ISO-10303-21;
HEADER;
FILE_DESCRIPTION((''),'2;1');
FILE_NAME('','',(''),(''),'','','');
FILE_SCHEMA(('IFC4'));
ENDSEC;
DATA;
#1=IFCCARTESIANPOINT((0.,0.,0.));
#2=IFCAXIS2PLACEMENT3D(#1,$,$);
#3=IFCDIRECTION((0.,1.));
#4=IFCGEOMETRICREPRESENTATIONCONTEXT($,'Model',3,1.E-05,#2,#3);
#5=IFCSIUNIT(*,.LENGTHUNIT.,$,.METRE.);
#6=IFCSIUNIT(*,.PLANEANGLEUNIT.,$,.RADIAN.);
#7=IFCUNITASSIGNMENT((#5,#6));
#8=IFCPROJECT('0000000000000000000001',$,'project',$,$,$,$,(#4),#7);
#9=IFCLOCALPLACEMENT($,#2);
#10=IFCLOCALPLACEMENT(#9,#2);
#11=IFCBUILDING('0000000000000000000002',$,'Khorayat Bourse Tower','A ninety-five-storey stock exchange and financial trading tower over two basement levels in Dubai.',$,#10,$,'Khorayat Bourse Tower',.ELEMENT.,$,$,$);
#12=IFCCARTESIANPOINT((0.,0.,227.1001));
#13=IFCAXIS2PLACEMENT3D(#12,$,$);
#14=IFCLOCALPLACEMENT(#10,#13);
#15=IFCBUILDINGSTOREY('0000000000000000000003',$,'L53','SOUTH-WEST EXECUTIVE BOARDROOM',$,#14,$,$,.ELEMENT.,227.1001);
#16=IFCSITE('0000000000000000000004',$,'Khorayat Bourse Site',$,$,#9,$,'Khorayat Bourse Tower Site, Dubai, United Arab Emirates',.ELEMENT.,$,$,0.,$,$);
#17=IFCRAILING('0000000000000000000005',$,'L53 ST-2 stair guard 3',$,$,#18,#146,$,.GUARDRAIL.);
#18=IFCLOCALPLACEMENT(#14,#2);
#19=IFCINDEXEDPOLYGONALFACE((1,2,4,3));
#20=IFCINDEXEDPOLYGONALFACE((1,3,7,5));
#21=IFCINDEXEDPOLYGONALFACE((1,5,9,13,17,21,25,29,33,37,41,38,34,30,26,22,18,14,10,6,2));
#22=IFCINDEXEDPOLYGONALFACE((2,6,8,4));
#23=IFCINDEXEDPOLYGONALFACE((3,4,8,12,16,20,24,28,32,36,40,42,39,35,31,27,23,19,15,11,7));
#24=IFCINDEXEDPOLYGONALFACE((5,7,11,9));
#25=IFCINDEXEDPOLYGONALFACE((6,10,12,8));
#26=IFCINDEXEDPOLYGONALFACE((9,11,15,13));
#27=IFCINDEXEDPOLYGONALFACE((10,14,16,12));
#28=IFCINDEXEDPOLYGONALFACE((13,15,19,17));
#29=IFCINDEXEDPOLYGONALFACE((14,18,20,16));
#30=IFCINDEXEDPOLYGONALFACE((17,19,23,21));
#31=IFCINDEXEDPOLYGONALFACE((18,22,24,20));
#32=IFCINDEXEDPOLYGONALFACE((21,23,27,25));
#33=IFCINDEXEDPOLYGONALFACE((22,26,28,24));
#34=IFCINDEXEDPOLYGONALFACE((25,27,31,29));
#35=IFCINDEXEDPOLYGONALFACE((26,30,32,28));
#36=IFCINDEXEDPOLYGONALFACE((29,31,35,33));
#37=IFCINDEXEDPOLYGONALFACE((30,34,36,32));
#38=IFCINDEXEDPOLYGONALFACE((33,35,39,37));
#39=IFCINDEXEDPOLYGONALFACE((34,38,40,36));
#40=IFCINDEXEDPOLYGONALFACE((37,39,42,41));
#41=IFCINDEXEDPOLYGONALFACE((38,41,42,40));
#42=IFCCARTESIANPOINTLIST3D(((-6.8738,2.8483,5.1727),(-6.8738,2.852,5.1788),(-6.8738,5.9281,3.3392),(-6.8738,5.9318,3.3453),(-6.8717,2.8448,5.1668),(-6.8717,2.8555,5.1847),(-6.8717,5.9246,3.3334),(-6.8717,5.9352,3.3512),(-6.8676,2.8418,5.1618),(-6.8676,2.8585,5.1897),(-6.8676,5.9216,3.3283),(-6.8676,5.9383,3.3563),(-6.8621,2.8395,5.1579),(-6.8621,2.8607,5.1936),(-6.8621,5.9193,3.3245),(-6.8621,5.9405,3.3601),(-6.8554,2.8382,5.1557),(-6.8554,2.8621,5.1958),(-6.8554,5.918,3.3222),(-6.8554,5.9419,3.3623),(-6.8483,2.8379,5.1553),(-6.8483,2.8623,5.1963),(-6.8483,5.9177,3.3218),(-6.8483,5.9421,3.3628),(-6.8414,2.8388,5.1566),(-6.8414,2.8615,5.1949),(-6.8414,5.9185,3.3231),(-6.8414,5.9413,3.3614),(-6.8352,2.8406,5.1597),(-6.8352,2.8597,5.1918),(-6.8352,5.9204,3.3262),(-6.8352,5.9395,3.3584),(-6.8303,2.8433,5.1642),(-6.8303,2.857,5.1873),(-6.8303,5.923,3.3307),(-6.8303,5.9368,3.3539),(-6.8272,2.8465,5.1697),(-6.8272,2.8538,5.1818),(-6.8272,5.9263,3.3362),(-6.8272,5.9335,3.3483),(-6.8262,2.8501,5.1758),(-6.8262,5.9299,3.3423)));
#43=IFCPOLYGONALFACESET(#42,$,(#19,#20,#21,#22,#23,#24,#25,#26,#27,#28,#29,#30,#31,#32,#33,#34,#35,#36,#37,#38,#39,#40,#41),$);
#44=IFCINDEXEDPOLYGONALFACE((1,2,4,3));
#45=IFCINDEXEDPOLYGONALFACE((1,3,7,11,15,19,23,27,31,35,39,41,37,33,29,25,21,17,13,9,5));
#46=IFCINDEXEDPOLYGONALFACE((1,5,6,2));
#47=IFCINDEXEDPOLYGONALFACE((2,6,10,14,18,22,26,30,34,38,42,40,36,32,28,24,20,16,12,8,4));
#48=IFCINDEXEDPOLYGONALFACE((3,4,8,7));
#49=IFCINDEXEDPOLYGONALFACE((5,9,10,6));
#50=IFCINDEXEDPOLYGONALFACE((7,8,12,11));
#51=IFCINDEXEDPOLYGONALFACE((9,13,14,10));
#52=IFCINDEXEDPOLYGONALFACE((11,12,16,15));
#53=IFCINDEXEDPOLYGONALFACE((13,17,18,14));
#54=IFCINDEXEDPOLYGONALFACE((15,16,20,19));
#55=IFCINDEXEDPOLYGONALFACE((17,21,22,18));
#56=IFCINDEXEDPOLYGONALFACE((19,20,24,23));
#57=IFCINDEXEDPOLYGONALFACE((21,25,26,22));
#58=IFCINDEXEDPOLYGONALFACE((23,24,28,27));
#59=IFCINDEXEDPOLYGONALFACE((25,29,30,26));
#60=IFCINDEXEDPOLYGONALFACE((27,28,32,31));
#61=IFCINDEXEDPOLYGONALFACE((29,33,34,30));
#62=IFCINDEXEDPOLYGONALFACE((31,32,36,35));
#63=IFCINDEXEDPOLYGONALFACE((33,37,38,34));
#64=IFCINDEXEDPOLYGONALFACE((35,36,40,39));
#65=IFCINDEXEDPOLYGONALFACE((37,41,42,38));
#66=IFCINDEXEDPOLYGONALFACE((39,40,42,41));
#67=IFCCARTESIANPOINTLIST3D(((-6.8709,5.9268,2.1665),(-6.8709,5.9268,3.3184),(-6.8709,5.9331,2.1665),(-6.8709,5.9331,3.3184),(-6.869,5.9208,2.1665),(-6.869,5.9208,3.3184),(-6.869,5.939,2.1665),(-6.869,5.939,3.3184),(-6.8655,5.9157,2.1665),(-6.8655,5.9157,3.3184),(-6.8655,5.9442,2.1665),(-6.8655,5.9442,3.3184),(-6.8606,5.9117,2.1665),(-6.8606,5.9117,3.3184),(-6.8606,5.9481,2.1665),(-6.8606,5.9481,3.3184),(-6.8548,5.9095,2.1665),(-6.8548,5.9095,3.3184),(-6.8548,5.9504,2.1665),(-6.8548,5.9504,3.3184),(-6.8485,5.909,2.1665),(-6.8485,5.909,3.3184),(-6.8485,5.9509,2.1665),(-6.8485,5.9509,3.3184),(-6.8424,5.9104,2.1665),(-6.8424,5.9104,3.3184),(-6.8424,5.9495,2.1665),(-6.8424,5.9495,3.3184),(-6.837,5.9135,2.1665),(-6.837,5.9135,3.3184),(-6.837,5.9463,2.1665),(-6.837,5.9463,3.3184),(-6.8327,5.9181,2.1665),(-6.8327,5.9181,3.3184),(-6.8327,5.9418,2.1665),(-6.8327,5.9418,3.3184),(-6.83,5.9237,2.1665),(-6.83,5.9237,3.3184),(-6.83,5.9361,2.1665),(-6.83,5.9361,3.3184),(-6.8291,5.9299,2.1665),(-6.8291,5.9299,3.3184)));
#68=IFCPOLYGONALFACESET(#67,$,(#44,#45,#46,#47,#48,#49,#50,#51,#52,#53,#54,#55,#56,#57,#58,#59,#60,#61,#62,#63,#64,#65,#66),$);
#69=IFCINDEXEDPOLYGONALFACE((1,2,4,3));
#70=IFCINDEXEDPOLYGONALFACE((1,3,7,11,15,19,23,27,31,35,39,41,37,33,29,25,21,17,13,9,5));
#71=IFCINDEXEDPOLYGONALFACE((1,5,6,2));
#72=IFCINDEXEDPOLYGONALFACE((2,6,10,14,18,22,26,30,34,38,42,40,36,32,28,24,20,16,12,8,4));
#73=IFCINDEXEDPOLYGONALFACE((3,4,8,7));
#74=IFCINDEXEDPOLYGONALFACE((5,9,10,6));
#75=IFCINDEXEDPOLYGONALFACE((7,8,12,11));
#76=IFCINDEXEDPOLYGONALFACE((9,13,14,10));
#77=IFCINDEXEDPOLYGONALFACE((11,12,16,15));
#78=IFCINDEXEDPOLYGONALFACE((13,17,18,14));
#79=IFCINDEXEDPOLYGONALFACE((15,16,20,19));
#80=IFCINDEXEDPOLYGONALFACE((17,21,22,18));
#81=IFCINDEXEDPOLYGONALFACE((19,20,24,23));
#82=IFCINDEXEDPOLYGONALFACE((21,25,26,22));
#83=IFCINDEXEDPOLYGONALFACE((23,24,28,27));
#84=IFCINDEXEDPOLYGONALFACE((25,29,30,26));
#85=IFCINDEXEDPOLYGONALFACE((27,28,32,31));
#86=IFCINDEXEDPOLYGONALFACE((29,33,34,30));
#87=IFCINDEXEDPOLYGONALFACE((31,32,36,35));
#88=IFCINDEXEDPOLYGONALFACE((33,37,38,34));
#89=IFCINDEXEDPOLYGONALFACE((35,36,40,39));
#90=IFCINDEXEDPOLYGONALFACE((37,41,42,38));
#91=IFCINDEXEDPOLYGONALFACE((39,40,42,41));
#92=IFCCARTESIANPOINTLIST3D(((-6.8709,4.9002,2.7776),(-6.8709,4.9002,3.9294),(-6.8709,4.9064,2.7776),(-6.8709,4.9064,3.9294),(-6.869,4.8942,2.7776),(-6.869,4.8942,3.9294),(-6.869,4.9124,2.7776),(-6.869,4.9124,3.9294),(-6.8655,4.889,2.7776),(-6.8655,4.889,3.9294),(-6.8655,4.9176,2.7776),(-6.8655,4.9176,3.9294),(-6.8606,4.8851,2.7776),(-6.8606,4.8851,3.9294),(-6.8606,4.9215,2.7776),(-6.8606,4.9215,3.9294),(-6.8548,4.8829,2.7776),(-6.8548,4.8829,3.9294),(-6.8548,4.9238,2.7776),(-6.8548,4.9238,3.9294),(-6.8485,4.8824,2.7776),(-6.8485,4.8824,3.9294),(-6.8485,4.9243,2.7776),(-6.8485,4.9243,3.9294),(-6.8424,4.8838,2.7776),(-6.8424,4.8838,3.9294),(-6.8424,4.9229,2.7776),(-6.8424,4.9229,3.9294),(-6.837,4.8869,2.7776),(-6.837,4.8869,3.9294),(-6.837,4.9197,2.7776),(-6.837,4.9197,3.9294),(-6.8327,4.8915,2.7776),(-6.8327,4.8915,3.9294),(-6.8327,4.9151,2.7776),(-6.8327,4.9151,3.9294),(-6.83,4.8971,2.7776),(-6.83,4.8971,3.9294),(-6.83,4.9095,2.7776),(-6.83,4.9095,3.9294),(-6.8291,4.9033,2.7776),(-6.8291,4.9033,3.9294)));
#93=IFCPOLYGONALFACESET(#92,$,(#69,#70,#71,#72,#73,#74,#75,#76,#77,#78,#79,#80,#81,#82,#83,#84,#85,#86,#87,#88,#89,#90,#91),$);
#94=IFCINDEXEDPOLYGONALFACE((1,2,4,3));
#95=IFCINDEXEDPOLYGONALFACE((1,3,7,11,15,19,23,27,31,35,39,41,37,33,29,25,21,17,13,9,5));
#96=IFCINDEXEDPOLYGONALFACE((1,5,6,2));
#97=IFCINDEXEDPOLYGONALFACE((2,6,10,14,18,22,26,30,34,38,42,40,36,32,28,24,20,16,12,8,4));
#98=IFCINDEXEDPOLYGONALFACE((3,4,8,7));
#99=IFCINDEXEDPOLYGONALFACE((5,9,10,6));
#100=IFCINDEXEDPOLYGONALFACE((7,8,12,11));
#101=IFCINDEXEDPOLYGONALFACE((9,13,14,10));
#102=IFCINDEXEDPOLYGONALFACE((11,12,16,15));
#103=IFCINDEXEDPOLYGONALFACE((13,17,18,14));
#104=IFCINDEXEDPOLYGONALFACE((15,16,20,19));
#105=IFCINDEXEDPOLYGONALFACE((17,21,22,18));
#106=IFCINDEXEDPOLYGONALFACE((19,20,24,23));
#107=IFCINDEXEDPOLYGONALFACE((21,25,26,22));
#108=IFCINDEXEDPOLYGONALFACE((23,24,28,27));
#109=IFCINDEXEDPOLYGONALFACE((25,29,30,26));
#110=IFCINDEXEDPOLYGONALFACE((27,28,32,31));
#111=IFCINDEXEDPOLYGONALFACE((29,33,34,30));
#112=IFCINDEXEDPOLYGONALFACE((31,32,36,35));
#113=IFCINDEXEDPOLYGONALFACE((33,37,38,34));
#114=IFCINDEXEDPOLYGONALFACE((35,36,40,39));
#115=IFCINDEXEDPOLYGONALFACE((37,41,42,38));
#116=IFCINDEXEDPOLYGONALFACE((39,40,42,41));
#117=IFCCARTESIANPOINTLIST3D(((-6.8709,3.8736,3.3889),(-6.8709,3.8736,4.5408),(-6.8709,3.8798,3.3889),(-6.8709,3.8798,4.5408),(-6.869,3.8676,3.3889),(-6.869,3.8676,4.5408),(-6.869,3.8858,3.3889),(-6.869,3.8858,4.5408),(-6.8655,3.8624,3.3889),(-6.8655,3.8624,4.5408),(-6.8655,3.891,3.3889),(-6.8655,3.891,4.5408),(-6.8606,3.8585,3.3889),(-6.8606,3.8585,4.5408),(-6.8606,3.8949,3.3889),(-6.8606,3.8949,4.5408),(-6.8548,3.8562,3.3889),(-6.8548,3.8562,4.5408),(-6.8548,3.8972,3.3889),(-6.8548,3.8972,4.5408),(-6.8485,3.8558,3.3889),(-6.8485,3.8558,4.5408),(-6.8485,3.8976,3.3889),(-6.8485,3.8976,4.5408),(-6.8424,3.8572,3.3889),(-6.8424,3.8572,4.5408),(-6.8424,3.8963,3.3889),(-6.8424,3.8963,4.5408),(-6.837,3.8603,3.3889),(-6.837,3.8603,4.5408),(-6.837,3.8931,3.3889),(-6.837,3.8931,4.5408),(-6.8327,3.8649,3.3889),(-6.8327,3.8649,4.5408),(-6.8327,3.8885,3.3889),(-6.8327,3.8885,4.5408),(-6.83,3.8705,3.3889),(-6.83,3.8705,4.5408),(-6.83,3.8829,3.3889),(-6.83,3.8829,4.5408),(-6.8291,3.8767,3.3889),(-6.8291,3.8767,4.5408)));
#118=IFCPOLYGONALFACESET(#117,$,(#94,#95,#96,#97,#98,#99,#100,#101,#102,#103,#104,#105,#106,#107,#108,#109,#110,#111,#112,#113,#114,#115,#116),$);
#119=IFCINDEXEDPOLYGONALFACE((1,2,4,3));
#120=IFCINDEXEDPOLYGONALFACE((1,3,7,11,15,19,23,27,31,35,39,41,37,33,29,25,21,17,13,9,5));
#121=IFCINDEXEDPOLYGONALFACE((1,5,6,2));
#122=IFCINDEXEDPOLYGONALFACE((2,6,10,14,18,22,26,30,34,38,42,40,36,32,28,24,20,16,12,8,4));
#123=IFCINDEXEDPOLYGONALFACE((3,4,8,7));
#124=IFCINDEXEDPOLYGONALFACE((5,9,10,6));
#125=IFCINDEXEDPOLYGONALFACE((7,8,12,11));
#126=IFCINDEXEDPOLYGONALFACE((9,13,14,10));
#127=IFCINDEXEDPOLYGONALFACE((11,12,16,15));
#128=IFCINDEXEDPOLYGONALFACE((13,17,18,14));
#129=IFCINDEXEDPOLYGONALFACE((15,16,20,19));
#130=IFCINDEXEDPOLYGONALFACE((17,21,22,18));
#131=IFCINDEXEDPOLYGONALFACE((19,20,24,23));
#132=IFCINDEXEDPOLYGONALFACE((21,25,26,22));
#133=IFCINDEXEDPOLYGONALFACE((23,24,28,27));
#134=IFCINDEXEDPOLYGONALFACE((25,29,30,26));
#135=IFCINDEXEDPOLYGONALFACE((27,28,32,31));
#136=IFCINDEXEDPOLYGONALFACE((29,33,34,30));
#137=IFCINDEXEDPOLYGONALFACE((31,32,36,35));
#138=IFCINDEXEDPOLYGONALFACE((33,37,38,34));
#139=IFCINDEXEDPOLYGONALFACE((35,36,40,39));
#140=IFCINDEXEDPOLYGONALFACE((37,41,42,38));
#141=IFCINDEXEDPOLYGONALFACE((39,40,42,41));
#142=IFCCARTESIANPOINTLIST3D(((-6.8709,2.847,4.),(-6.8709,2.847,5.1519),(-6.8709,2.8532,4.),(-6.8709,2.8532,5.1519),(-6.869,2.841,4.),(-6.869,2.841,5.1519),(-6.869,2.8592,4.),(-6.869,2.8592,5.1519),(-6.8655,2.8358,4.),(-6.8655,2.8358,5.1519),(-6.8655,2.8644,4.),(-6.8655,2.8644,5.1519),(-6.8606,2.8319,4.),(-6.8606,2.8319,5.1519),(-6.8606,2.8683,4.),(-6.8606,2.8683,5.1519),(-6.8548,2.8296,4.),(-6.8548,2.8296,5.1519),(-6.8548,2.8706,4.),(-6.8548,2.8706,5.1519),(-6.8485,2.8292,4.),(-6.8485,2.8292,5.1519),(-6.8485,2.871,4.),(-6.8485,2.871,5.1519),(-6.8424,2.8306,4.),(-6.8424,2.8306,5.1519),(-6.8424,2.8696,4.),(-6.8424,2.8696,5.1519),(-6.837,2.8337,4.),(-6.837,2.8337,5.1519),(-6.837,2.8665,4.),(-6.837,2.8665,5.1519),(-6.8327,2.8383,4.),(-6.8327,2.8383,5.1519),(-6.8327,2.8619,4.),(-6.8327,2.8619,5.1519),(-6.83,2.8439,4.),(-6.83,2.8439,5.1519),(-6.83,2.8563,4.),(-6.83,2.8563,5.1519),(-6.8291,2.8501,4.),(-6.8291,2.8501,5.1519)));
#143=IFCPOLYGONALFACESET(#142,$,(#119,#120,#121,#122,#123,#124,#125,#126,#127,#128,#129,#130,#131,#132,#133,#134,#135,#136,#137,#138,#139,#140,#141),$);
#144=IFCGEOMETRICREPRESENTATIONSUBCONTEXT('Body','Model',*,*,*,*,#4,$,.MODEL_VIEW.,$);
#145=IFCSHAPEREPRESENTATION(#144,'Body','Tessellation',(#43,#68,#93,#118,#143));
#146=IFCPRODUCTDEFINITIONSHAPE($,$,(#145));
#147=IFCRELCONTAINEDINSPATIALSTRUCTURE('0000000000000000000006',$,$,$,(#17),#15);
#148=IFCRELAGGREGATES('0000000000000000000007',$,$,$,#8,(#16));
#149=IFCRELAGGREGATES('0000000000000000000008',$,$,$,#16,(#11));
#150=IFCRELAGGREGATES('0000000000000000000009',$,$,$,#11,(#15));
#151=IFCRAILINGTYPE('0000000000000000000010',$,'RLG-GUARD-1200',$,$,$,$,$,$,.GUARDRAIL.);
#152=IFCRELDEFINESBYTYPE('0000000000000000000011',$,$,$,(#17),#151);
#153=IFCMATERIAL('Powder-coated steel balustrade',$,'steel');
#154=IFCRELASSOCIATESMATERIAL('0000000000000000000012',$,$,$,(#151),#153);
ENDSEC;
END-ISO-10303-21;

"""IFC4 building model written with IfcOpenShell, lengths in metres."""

from ifc_helpers import new_model, si_unit, direction, frame, origin, origin_2d, place, context, subcontext, project, spatial, circle, extrude, source, transform, mapped, material, type_object, element, save


model = new_model("IFC4")

# Units and contexts
model_context = context("Model", 3, precision=1e-05, world=origin(), true_north=direction((0.0, 1.0)))
body_context = subcontext(model_context, "Body", "Model", "MODEL_VIEW")
ifc_project = project(units=[si_unit("LENGTHUNIT", "METRE"), si_unit("PLANEANGLEUNIT", "RADIAN")], contexts=[model_context])

# Site, building, storey
site_placement = place(None, origin())
site = spatial("IfcSite", under=ifc_project, at=site_placement, Name="Khorayat Bourse Site", LongName="Khorayat Bourse Tower Site, Dubai, United Arab Emirates", CompositionType="ELEMENT", RefElevation=0.0)
building_placement = place(site_placement, origin())
building = spatial("IfcBuilding", under=site, at=building_placement, Name="Khorayat Bourse Tower", Description="A ninety-five-storey stock exchange and financial trading tower over two basement levels in Dubai.", LongName="Khorayat Bourse Tower", CompositionType="ELEMENT")
storey_placement = place(building_placement, frame((0.0, 0.0, 227.1001)))
storey = spatial("IfcBuildingStorey", under=building, at=storey_placement, Name="L53", Description="SOUTH-WEST EXECUTIVE BOARDROOM", CompositionType="ELEMENT", Elevation=227.1001)

# Railing
ifc_material_1 = material(Name="Powder-coated steel balustrade", Category="steel")
railing_type_1 = type_object("IfcRailingType", Name="RLG-GUARD-1200", PredefinedType="GUARDRAIL", material=ifc_material_1)
shared_shape_1 = source(origin(), body_context, "Body", "SweptSolid", [
    extrude(circle(Radius=0.0239, at=origin_2d()), frame((0.0, 0.0, 1.1758), z_axis=(0.0, -0.859261, 0.511538), x_axis=(1.0, 0.0, 0.0)), (0.0, 0.0, 1.0), 3.5842),
    extrude(circle(Radius=0.021, at=origin_2d()), origin(), (0.0, 0.0, 1.0), 1.1519),
    extrude(circle(Radius=0.021, at=origin_2d()), frame((0.0, -1.0266, 0.6111)), (0.0, 0.0, 1.0), 1.1519),
    extrude(circle(Radius=0.021, at=origin_2d()), frame((0.0, -2.0532, 1.2224)), (0.0, 0.0, 1.0), 1.1519),
    extrude(circle(Radius=0.021, at=origin_2d()), frame((0.0, -3.0798, 1.8335)), (0.0, 0.0, 1.0), 1.1519),
])
railing_1_placement = place(storey_placement, frame((-6.8501, 5.9299, 2.1665)))
element("IfcRailing", 1, at=railing_1_placement, inside=storey, type_object=railing_type_1, Name="L53 ST-2 stair guard 3", PredefinedType="GUARDRAIL", context=body_context, shape_type="MappedRepresentation", body=[
    mapped(shared_shape_1, transform((0.0, 0.0, 0.0), scale=1.0)),
])

save(model, "model.ifc")
